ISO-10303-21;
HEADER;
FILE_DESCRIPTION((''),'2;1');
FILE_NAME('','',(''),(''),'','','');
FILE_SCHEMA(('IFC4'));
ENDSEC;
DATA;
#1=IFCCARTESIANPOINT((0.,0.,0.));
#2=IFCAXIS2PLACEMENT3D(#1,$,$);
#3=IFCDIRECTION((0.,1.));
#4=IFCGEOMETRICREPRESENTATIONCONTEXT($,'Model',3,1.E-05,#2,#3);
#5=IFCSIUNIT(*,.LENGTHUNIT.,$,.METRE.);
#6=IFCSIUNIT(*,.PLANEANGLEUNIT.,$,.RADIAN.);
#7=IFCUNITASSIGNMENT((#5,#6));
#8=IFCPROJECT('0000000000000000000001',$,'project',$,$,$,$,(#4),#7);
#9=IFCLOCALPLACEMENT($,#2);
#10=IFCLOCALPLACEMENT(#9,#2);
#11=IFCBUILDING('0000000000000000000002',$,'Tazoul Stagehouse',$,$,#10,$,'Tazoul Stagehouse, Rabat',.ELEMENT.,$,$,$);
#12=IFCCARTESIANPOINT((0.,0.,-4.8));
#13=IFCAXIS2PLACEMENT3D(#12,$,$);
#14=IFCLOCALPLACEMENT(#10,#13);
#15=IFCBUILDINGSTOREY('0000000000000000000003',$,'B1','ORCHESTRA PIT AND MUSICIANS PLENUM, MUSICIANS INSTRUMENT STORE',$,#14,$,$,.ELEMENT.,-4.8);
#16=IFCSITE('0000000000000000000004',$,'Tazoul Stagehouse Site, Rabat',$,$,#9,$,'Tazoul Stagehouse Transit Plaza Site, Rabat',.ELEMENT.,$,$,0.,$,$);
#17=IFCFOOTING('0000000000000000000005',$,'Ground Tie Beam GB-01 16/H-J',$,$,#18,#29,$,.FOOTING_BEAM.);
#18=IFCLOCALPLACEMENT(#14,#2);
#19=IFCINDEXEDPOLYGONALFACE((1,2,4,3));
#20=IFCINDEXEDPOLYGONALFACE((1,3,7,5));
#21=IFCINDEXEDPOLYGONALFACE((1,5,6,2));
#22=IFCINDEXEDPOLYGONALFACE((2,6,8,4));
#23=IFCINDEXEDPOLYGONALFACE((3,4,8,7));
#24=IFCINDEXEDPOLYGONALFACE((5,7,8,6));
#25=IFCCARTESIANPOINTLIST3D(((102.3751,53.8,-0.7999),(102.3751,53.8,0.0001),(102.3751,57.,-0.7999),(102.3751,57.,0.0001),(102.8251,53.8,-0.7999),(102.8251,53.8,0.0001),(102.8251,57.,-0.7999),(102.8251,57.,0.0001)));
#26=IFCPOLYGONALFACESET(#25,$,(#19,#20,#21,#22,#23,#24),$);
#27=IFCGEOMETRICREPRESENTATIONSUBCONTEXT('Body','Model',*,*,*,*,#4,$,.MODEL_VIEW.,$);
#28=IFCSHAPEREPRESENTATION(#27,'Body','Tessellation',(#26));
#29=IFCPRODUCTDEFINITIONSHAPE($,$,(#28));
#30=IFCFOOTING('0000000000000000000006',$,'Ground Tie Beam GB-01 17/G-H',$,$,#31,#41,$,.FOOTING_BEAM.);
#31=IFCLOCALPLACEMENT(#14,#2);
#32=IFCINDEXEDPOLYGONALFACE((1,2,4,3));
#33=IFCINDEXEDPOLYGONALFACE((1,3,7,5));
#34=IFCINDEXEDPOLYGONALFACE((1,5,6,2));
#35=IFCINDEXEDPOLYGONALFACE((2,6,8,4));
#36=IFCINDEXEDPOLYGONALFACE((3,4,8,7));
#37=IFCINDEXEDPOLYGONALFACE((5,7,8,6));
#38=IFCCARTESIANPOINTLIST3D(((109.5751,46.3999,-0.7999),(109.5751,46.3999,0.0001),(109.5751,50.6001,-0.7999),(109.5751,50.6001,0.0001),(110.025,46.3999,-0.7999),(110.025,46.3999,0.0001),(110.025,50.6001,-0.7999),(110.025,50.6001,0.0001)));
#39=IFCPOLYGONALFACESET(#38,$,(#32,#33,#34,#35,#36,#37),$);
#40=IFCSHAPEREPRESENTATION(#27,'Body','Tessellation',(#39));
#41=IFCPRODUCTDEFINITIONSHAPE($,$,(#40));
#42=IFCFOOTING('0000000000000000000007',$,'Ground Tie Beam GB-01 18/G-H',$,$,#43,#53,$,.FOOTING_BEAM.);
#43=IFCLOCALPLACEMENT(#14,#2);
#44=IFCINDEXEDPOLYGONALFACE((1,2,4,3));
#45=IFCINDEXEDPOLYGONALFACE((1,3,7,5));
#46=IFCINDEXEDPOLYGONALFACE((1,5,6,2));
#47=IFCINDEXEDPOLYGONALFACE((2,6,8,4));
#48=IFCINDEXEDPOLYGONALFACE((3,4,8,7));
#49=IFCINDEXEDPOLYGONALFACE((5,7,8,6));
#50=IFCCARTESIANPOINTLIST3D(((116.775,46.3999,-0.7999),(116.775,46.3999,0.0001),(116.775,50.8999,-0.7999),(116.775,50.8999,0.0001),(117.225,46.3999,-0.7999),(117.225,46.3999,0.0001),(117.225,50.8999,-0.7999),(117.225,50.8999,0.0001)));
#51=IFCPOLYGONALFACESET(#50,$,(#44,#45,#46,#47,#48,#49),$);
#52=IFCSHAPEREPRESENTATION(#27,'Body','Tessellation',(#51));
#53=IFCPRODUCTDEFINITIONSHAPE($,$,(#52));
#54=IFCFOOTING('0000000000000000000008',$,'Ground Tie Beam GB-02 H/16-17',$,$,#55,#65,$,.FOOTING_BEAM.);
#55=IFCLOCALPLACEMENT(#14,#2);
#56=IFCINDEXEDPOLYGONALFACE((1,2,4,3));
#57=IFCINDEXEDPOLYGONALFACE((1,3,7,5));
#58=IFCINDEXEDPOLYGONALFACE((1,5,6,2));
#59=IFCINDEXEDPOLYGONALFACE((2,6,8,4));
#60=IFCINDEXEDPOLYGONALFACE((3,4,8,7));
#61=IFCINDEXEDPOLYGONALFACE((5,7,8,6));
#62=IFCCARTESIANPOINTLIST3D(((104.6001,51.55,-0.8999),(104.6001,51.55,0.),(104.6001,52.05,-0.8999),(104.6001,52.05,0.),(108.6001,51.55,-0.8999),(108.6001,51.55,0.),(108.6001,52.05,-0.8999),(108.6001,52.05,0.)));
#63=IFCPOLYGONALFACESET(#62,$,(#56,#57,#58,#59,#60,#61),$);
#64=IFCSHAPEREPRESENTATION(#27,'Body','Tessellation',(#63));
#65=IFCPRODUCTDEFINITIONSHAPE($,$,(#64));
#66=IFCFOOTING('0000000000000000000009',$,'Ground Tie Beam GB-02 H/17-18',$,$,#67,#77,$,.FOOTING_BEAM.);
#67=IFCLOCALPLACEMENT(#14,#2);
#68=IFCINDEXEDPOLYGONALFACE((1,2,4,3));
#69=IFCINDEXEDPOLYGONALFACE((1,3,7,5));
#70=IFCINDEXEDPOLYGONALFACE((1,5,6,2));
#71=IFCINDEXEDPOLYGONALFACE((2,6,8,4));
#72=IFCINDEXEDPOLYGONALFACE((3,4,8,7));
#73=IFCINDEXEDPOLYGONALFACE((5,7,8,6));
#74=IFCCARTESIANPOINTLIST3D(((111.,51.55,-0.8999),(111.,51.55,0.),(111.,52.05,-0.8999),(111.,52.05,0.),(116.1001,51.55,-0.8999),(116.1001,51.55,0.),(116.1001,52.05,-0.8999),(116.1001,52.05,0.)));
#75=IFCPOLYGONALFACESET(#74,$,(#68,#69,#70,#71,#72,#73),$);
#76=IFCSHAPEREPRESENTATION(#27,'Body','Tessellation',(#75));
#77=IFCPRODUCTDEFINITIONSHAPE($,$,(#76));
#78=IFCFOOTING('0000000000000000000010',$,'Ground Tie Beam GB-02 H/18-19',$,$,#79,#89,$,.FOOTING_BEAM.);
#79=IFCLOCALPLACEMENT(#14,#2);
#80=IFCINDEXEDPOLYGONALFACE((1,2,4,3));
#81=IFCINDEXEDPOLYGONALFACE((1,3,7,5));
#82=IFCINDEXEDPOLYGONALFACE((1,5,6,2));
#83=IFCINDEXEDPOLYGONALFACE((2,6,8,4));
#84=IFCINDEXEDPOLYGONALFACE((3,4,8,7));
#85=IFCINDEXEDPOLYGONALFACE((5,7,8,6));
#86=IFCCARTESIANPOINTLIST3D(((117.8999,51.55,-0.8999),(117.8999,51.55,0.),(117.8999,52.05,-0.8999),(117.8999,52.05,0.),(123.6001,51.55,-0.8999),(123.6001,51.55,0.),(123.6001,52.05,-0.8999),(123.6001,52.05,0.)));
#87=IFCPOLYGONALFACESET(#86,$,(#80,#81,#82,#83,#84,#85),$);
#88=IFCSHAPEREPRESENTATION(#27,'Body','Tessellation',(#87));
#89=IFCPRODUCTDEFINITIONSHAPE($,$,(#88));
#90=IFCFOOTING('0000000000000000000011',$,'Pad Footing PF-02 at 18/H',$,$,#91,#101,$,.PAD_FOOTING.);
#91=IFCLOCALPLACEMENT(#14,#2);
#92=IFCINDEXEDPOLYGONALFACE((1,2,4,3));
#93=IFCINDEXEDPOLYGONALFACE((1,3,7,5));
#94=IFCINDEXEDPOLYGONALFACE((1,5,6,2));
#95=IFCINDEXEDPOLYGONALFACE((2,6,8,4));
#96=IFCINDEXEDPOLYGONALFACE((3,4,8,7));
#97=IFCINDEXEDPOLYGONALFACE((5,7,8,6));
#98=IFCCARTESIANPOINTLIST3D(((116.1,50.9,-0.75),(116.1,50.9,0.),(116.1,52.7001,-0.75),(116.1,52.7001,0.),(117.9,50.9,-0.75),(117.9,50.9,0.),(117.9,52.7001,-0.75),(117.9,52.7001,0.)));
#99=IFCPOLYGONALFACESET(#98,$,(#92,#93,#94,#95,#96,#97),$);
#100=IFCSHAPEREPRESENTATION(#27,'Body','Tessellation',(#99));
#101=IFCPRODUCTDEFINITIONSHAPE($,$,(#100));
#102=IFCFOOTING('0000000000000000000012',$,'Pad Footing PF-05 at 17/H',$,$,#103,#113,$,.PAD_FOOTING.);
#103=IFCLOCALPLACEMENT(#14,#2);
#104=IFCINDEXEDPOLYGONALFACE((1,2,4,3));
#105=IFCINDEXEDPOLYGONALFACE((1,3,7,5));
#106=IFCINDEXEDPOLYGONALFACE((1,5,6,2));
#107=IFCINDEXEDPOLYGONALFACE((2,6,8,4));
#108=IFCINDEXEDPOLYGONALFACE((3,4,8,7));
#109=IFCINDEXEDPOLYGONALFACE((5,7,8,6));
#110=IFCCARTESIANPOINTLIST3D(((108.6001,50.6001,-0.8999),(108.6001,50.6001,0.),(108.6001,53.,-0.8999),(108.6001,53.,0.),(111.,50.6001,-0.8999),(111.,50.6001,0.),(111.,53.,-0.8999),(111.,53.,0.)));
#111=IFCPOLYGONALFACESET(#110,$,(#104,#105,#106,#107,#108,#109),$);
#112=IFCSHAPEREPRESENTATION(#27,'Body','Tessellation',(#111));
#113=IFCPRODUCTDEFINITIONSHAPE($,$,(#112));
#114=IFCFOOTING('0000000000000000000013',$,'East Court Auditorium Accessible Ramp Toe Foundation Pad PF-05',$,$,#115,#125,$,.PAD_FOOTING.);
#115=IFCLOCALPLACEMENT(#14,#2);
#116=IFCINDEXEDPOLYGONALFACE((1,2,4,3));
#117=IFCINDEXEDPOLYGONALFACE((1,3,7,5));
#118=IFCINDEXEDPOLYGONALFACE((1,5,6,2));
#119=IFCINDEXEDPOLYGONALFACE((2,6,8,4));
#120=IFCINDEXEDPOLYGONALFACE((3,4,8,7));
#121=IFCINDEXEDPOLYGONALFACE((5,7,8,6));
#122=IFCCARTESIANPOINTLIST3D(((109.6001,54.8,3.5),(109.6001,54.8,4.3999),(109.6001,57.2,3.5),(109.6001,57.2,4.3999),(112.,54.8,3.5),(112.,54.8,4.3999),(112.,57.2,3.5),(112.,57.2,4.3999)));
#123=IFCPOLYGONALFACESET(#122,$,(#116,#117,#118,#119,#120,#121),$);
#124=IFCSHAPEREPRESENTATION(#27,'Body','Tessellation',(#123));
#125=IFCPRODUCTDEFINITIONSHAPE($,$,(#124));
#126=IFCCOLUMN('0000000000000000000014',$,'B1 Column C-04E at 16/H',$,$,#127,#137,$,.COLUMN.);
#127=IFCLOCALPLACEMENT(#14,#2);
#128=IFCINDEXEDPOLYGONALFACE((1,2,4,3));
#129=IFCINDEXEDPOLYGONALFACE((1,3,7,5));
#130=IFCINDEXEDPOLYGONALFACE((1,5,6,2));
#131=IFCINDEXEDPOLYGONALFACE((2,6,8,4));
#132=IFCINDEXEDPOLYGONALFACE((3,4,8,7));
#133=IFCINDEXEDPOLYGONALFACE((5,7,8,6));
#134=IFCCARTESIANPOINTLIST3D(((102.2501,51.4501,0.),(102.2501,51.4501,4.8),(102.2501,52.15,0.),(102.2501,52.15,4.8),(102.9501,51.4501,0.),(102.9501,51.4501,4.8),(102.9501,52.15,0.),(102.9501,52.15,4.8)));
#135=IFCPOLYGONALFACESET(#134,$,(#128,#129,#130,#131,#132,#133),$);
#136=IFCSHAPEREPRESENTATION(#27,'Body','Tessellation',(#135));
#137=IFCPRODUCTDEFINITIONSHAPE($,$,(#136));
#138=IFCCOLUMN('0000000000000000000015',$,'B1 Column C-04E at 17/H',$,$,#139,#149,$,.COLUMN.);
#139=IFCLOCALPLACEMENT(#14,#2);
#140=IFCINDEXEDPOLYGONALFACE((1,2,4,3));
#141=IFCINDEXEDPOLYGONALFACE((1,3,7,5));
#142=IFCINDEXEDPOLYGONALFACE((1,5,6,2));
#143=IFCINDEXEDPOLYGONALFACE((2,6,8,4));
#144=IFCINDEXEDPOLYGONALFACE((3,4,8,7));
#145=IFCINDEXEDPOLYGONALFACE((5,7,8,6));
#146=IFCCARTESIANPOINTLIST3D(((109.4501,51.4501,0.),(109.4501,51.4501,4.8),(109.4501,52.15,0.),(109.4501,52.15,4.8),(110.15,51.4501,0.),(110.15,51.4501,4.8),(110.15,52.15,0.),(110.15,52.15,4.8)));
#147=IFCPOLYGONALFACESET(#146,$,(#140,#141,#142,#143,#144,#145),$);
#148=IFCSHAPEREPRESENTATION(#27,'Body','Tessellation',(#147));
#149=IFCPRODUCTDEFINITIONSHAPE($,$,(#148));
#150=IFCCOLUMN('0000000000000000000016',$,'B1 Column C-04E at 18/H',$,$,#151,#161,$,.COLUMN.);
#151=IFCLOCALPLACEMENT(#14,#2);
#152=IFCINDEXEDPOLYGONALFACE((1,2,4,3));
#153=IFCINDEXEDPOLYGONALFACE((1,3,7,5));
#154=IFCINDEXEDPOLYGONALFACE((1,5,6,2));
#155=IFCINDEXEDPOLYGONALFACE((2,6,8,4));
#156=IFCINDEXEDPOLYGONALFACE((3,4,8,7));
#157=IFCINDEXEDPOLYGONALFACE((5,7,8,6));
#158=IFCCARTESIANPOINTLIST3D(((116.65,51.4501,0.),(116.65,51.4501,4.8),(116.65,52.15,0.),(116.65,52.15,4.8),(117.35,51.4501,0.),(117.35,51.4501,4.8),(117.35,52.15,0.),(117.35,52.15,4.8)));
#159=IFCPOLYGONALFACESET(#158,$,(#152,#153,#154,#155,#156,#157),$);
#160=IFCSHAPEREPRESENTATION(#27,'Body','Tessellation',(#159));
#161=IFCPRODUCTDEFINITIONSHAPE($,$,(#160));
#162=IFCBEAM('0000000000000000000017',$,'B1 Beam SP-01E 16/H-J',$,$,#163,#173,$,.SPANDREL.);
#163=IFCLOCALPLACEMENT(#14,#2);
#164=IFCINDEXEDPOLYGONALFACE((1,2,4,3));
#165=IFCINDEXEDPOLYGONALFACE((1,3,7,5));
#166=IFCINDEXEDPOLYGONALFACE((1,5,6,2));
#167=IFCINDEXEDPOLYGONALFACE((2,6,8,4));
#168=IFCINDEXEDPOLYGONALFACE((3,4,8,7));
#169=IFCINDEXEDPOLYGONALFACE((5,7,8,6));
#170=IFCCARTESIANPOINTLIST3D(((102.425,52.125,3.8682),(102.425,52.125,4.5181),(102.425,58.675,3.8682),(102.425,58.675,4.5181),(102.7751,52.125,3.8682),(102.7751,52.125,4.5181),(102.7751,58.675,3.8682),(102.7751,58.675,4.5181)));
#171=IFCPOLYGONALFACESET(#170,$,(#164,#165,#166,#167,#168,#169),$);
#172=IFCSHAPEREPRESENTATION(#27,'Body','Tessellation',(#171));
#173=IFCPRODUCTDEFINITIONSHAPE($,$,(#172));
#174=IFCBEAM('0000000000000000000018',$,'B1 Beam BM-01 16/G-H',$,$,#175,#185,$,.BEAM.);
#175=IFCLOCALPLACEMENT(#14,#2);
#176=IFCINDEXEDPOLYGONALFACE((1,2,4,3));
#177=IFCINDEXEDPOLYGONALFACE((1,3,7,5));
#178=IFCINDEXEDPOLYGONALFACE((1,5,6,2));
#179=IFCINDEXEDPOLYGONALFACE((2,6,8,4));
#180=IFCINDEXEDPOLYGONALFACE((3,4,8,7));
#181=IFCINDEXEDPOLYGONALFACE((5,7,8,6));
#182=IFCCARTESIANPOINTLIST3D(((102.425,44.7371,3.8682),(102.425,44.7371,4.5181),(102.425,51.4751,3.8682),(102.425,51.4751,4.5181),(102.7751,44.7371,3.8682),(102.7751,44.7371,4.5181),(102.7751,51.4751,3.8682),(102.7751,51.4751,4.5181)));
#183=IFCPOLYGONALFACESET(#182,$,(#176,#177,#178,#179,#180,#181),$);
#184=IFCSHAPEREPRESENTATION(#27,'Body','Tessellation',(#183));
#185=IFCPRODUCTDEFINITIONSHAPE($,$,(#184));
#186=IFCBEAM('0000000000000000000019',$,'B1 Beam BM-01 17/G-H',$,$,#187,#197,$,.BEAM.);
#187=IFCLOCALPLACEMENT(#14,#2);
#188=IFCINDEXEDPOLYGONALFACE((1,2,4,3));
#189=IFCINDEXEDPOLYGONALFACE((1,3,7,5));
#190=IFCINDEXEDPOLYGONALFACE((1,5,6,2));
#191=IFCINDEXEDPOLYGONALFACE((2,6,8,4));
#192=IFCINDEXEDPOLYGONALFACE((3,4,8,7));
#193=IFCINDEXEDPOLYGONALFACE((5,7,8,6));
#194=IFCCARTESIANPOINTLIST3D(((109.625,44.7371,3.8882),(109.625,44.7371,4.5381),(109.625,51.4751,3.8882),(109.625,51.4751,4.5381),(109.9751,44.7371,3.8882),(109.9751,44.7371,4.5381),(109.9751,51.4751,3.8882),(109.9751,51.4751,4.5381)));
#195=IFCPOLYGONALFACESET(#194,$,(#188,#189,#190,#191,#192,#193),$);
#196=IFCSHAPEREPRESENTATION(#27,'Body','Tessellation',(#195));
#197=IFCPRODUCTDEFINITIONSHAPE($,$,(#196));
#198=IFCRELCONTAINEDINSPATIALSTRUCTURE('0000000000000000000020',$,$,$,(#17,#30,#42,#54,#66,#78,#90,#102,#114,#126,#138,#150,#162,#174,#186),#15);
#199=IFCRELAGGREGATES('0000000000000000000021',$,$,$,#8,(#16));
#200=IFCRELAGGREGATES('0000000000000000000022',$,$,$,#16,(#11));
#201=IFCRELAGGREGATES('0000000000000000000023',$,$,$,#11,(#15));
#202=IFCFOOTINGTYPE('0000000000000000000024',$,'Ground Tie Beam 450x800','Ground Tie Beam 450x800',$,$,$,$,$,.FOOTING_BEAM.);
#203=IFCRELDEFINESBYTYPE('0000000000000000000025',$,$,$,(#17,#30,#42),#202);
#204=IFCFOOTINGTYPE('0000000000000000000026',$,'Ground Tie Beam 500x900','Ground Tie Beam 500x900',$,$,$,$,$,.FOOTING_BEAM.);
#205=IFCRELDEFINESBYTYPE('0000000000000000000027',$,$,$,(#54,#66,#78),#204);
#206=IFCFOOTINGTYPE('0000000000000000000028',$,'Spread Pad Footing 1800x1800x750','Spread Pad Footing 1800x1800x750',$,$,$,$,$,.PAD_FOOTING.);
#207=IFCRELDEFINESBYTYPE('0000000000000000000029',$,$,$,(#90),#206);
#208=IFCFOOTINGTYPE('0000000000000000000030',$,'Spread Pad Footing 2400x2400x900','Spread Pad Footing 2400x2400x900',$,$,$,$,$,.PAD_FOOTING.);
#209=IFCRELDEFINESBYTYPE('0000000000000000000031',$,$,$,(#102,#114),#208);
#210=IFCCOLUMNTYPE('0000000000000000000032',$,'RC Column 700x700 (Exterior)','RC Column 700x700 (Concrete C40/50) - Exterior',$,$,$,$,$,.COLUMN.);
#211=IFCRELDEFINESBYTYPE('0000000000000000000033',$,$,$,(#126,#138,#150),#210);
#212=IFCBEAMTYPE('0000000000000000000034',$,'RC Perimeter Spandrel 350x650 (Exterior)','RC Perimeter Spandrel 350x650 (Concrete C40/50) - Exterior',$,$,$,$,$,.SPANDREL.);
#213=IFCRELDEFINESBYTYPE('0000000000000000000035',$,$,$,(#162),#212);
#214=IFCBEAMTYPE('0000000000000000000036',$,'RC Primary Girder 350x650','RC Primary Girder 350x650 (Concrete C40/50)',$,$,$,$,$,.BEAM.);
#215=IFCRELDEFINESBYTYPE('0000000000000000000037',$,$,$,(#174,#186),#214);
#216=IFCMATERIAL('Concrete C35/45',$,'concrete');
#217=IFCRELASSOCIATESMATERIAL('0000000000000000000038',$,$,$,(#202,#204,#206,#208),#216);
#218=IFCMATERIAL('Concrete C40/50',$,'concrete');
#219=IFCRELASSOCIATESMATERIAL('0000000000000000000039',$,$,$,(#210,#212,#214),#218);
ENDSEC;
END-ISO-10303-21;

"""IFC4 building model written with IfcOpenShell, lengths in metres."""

from ifc_helpers import new_model, si_unit, direction, frame, origin, origin_2d, place, context, subcontext, project, spatial, rectangle, extrude, material, material_profile, profile_set, type_object, element, save


model = new_model("IFC4")

# Units and contexts
model_context = context("Model", 3, precision=1e-05, world=origin(), true_north=direction((0.0, 1.0)))
body_context = subcontext(model_context, "Body", "Model", "MODEL_VIEW")
ifc_project = project(units=[si_unit("LENGTHUNIT", "METRE"), si_unit("PLANEANGLEUNIT", "RADIAN")], contexts=[model_context])

# Site, building, storey
site_placement = place(None, origin())
site = spatial("IfcSite", under=ifc_project, at=site_placement, Name="Tazoul Stagehouse Site, Rabat", LongName="Tazoul Stagehouse Transit Plaza Site, Rabat", CompositionType="ELEMENT", RefElevation=0.0)
building_placement = place(site_placement, origin())
building = spatial("IfcBuilding", under=site, at=building_placement, Name="Tazoul Stagehouse", LongName="Tazoul Stagehouse, Rabat", CompositionType="ELEMENT")
storey_placement = place(building_placement, frame((0.0, 0.0, -4.8)))
storey = spatial("IfcBuildingStorey", under=building, at=storey_placement, Name="B1", Description="ORCHESTRA PIT AND MUSICIANS PLENUM, MUSICIANS INSTRUMENT STORE", CompositionType="ELEMENT", Elevation=-4.8)

# Shared definitions
ifc_material_1 = material(Name="Concrete C35/45", Category="concrete")

# Footings
ifc_material_profile_1 = material_profile(ifc_material_1, rectangle(XDim=0.45, YDim=0.8, at=origin_2d()), Name="RC 450x800")
ifc_profile_set_1 = profile_set([ifc_material_profile_1], Name="Concrete C35/45")
footing_type_1 = type_object("IfcFootingType", Name="Ground Tie Beam 450x800", Description="Ground Tie Beam 450x800", PredefinedType="FOOTING_BEAM", material=ifc_profile_set_1)
footing_1_placement = place(storey_placement, frame((102.6001, 53.8, -0.3999), z_axis=(0.0, 1.0, 0.0), x_axis=(-1.0, 0.0, 0.0)))
element("IfcFooting", 1, at=footing_1_placement, inside=storey, type_object=footing_type_1, Name="Ground Tie Beam GB-01 16/H-J", PredefinedType="FOOTING_BEAM", context=body_context, shape_type="SweptSolid", body=[
    extrude(rectangle(XDim=0.45, YDim=0.8, at=origin_2d()), origin(), (0.0, 0.0, 1.0), 3.2),
])
footing_2_placement = place(storey_placement, frame((109.8, 46.3999, -0.3999), z_axis=(0.0, 1.0, 0.0), x_axis=(-1.0, 0.0, 0.0)))
element("IfcFooting", 2, at=footing_2_placement, inside=storey, type_object=footing_type_1, Name="Ground Tie Beam GB-01 17/G-H", PredefinedType="FOOTING_BEAM", context=body_context, shape_type="SweptSolid", body=[
    extrude(rectangle(XDim=0.45, YDim=0.8, at=origin_2d()), origin(), (0.0, 0.0, 1.0), 4.2002),
])
footing_3_placement = place(storey_placement, frame((117.0, 46.3999, -0.3999), z_axis=(0.0, 1.0, 0.0), x_axis=(-1.0, 0.0, 0.0)))
element("IfcFooting", 3, at=footing_3_placement, inside=storey, type_object=footing_type_1, Name="Ground Tie Beam GB-01 18/G-H", PredefinedType="FOOTING_BEAM", context=body_context, shape_type="SweptSolid", body=[
    extrude(rectangle(XDim=0.45, YDim=0.8, at=origin_2d()), origin(), (0.0, 0.0, 1.0), 4.5),
])
ifc_material_profile_2 = material_profile(ifc_material_1, rectangle(XDim=0.5, YDim=0.8999, at=origin_2d()), Name="RC 500x900")
ifc_profile_set_2 = profile_set([ifc_material_profile_2], Name="Concrete C35/45")
footing_type_2 = type_object("IfcFootingType", Name="Ground Tie Beam 500x900", Description="Ground Tie Beam 500x900", PredefinedType="FOOTING_BEAM", material=ifc_profile_set_2)
footing_4_placement = place(storey_placement, frame((104.6001, 51.8, -0.45), z_axis=(1.0, 0.0, 0.0), x_axis=(0.0, 1.0, 0.0)))
element("IfcFooting", 4, at=footing_4_placement, inside=storey, type_object=footing_type_2, Name="Ground Tie Beam GB-02 H/16-17", PredefinedType="FOOTING_BEAM", context=body_context, shape_type="SweptSolid", body=[
    extrude(rectangle(XDim=0.5, YDim=0.8999, at=origin_2d()), origin(), (0.0, 0.0, 1.0), 4.0),
])
footing_5_placement = place(storey_placement, frame((111.0, 51.8, -0.45), z_axis=(1.0, 0.0, 0.0), x_axis=(0.0, 1.0, 0.0)))
element("IfcFooting", 5, at=footing_5_placement, inside=storey, type_object=footing_type_2, Name="Ground Tie Beam GB-02 H/17-18", PredefinedType="FOOTING_BEAM", context=body_context, shape_type="SweptSolid", body=[
    extrude(rectangle(XDim=0.5, YDim=0.8999, at=origin_2d()), origin(), (0.0, 0.0, 1.0), 5.1001),
])
footing_6_placement = place(storey_placement, frame((117.8999, 51.8, -0.45), z_axis=(1.0, 0.0, 0.0), x_axis=(0.0, 1.0, 0.0)))
element("IfcFooting", 6, at=footing_6_placement, inside=storey, type_object=footing_type_2, Name="Ground Tie Beam GB-02 H/18-19", PredefinedType="FOOTING_BEAM", context=body_context, shape_type="SweptSolid", body=[
    extrude(rectangle(XDim=0.5, YDim=0.8999, at=origin_2d()), origin(), (0.0, 0.0, 1.0), 5.7002),
])
footing_type_3 = type_object("IfcFootingType", Name="Spread Pad Footing 1800x1800x750", Description="Spread Pad Footing 1800x1800x750", PredefinedType="PAD_FOOTING", material=ifc_material_1)
footing_7_placement = place(storey_placement, frame((117.0, 51.8, -0.75), z_axis=(0.0, 0.0, 1.0), x_axis=(1.0, 0.0, 0.0)))
element("IfcFooting", 7, at=footing_7_placement, inside=storey, type_object=footing_type_3, Name="Pad Footing PF-02 at 18/H", PredefinedType="PAD_FOOTING", context=body_context, shape_type="SweptSolid", body=[
    extrude(rectangle(XDim=1.8, YDim=1.8, at=origin_2d()), origin(), (0.0, 0.0, 1.0), 0.75),
])
footing_type_4 = type_object("IfcFootingType", Name="Spread Pad Footing 2400x2400x900", Description="Spread Pad Footing 2400x2400x900", PredefinedType="PAD_FOOTING", material=ifc_material_1)
for number, where, z_axis, x_axis, name in (
    (8, (109.8, 51.8, -0.8999), (0.0, 0.0, 1.0), (1.0, 0.0, 0.0), "Pad Footing PF-05 at 17/H"),
    (9, (110.8, 56.0, 3.5), (0.0, 0.0, 1.0), (1.0, 0.0, 0.0), "East Court Auditorium Accessible Ramp Toe Foundation Pad PF-05"),
):
    element("IfcFooting", number, at=place(storey_placement, frame(where, z_axis=z_axis, x_axis=x_axis)), inside=storey, type_object=footing_type_4, Name=name, PredefinedType="PAD_FOOTING", context=body_context, shape_type="SweptSolid", body=[
        extrude(rectangle(XDim=2.3999, YDim=2.3999, at=origin_2d()), origin(), (0.0, 0.0, 1.0), 0.8999),
    ])

# Columns
ifc_material_2 = material(Name="Concrete C40/50", Category="concrete")
ifc_material_profile_3 = material_profile(ifc_material_2, rectangle(XDim=0.7, YDim=0.7, at=origin_2d()), Name="RC 700x700")
ifc_profile_set_3 = profile_set([ifc_material_profile_3], Name="Concrete C40/50")
column_type = type_object("IfcColumnType", Name="RC Column 700x700 (Exterior)", Description="RC Column 700x700 (Concrete C40/50) - Exterior", PredefinedType="COLUMN", material=ifc_profile_set_3)
for number, where, z_axis, x_axis, name in (
    (10, (102.6001, 51.8, 0.0), (0.0, 0.0, 1.0), (1.0, 0.0, 0.0), "B1 Column C-04E at 16/H"),
    (11, (109.8, 51.8, 0.0), (0.0, 0.0, 1.0), (1.0, 0.0, 0.0), "B1 Column C-04E at 17/H"),
    (12, (117.0, 51.8, 0.0), (0.0, 0.0, 1.0), (1.0, 0.0, 0.0), "B1 Column C-04E at 18/H"),
):
    element("IfcColumn", number, at=place(storey_placement, frame(where, z_axis=z_axis, x_axis=x_axis)), inside=storey, type_object=column_type, Name=name, PredefinedType="COLUMN", context=body_context, shape_type="SweptSolid", body=[
        extrude(rectangle(XDim=0.7, YDim=0.7, at=origin_2d()), origin(), (0.0, 0.0, 1.0), 4.8),
    ])

# Beams
ifc_material_profile_4 = material_profile(ifc_material_2, rectangle(XDim=0.3501, YDim=0.6499, at=origin_2d()), Name="RC 350x650")
ifc_profile_set_4 = profile_set([ifc_material_profile_4], Name="Concrete C40/50")
beam_type_1 = type_object("IfcBeamType", Name="RC Perimeter Spandrel 350x650 (Exterior)", Description="RC Perimeter Spandrel 350x650 (Concrete C40/50) - Exterior", PredefinedType="SPANDREL", material=ifc_profile_set_4)
beam_1_placement = place(storey_placement, frame((102.6001, 52.125, 4.1931), z_axis=(0.0, 1.0, 0.0), x_axis=(-1.0, 0.0, 0.0)))
element("IfcBeam", 13, at=beam_1_placement, inside=storey, type_object=beam_type_1, Name="B1 Beam SP-01E 16/H-J", PredefinedType="SPANDREL", context=body_context, shape_type="SweptSolid", body=[
    extrude(rectangle(XDim=0.3501, YDim=0.6499, at=origin_2d()), origin(), (0.0, 0.0, 1.0), 6.55),
])
ifc_material_profile_5 = material_profile(ifc_material_2, rectangle(XDim=0.3501, YDim=0.6499, at=origin_2d()), Name="RC 350x650")
ifc_profile_set_5 = profile_set([ifc_material_profile_5], Name="Concrete C40/50")
beam_type_2 = type_object("IfcBeamType", Name="RC Primary Girder 350x650", Description="RC Primary Girder 350x650 (Concrete C40/50)", PredefinedType="BEAM", material=ifc_profile_set_5)
for number, where, z_axis, x_axis, name in (
    (14, (102.6001, 44.7371, 4.1931), (0.0, 1.0, 0.0), (-1.0, 0.0, 0.0), "B1 Beam BM-01 16/G-H"),
    (15, (109.8, 44.7371, 4.2131), (0.0, 1.0, 0.0), (-1.0, 0.0, 0.0), "B1 Beam BM-01 17/G-H"),
):
    element("IfcBeam", number, at=place(storey_placement, frame(where, z_axis=z_axis, x_axis=x_axis)), inside=storey, type_object=beam_type_2, Name=name, PredefinedType="BEAM", context=body_context, shape_type="SweptSolid", body=[
        extrude(rectangle(XDim=0.3501, YDim=0.6499, at=origin_2d()), origin(), (0.0, 0.0, 1.0), 6.738),
    ])

save(model, "model.ifc")
